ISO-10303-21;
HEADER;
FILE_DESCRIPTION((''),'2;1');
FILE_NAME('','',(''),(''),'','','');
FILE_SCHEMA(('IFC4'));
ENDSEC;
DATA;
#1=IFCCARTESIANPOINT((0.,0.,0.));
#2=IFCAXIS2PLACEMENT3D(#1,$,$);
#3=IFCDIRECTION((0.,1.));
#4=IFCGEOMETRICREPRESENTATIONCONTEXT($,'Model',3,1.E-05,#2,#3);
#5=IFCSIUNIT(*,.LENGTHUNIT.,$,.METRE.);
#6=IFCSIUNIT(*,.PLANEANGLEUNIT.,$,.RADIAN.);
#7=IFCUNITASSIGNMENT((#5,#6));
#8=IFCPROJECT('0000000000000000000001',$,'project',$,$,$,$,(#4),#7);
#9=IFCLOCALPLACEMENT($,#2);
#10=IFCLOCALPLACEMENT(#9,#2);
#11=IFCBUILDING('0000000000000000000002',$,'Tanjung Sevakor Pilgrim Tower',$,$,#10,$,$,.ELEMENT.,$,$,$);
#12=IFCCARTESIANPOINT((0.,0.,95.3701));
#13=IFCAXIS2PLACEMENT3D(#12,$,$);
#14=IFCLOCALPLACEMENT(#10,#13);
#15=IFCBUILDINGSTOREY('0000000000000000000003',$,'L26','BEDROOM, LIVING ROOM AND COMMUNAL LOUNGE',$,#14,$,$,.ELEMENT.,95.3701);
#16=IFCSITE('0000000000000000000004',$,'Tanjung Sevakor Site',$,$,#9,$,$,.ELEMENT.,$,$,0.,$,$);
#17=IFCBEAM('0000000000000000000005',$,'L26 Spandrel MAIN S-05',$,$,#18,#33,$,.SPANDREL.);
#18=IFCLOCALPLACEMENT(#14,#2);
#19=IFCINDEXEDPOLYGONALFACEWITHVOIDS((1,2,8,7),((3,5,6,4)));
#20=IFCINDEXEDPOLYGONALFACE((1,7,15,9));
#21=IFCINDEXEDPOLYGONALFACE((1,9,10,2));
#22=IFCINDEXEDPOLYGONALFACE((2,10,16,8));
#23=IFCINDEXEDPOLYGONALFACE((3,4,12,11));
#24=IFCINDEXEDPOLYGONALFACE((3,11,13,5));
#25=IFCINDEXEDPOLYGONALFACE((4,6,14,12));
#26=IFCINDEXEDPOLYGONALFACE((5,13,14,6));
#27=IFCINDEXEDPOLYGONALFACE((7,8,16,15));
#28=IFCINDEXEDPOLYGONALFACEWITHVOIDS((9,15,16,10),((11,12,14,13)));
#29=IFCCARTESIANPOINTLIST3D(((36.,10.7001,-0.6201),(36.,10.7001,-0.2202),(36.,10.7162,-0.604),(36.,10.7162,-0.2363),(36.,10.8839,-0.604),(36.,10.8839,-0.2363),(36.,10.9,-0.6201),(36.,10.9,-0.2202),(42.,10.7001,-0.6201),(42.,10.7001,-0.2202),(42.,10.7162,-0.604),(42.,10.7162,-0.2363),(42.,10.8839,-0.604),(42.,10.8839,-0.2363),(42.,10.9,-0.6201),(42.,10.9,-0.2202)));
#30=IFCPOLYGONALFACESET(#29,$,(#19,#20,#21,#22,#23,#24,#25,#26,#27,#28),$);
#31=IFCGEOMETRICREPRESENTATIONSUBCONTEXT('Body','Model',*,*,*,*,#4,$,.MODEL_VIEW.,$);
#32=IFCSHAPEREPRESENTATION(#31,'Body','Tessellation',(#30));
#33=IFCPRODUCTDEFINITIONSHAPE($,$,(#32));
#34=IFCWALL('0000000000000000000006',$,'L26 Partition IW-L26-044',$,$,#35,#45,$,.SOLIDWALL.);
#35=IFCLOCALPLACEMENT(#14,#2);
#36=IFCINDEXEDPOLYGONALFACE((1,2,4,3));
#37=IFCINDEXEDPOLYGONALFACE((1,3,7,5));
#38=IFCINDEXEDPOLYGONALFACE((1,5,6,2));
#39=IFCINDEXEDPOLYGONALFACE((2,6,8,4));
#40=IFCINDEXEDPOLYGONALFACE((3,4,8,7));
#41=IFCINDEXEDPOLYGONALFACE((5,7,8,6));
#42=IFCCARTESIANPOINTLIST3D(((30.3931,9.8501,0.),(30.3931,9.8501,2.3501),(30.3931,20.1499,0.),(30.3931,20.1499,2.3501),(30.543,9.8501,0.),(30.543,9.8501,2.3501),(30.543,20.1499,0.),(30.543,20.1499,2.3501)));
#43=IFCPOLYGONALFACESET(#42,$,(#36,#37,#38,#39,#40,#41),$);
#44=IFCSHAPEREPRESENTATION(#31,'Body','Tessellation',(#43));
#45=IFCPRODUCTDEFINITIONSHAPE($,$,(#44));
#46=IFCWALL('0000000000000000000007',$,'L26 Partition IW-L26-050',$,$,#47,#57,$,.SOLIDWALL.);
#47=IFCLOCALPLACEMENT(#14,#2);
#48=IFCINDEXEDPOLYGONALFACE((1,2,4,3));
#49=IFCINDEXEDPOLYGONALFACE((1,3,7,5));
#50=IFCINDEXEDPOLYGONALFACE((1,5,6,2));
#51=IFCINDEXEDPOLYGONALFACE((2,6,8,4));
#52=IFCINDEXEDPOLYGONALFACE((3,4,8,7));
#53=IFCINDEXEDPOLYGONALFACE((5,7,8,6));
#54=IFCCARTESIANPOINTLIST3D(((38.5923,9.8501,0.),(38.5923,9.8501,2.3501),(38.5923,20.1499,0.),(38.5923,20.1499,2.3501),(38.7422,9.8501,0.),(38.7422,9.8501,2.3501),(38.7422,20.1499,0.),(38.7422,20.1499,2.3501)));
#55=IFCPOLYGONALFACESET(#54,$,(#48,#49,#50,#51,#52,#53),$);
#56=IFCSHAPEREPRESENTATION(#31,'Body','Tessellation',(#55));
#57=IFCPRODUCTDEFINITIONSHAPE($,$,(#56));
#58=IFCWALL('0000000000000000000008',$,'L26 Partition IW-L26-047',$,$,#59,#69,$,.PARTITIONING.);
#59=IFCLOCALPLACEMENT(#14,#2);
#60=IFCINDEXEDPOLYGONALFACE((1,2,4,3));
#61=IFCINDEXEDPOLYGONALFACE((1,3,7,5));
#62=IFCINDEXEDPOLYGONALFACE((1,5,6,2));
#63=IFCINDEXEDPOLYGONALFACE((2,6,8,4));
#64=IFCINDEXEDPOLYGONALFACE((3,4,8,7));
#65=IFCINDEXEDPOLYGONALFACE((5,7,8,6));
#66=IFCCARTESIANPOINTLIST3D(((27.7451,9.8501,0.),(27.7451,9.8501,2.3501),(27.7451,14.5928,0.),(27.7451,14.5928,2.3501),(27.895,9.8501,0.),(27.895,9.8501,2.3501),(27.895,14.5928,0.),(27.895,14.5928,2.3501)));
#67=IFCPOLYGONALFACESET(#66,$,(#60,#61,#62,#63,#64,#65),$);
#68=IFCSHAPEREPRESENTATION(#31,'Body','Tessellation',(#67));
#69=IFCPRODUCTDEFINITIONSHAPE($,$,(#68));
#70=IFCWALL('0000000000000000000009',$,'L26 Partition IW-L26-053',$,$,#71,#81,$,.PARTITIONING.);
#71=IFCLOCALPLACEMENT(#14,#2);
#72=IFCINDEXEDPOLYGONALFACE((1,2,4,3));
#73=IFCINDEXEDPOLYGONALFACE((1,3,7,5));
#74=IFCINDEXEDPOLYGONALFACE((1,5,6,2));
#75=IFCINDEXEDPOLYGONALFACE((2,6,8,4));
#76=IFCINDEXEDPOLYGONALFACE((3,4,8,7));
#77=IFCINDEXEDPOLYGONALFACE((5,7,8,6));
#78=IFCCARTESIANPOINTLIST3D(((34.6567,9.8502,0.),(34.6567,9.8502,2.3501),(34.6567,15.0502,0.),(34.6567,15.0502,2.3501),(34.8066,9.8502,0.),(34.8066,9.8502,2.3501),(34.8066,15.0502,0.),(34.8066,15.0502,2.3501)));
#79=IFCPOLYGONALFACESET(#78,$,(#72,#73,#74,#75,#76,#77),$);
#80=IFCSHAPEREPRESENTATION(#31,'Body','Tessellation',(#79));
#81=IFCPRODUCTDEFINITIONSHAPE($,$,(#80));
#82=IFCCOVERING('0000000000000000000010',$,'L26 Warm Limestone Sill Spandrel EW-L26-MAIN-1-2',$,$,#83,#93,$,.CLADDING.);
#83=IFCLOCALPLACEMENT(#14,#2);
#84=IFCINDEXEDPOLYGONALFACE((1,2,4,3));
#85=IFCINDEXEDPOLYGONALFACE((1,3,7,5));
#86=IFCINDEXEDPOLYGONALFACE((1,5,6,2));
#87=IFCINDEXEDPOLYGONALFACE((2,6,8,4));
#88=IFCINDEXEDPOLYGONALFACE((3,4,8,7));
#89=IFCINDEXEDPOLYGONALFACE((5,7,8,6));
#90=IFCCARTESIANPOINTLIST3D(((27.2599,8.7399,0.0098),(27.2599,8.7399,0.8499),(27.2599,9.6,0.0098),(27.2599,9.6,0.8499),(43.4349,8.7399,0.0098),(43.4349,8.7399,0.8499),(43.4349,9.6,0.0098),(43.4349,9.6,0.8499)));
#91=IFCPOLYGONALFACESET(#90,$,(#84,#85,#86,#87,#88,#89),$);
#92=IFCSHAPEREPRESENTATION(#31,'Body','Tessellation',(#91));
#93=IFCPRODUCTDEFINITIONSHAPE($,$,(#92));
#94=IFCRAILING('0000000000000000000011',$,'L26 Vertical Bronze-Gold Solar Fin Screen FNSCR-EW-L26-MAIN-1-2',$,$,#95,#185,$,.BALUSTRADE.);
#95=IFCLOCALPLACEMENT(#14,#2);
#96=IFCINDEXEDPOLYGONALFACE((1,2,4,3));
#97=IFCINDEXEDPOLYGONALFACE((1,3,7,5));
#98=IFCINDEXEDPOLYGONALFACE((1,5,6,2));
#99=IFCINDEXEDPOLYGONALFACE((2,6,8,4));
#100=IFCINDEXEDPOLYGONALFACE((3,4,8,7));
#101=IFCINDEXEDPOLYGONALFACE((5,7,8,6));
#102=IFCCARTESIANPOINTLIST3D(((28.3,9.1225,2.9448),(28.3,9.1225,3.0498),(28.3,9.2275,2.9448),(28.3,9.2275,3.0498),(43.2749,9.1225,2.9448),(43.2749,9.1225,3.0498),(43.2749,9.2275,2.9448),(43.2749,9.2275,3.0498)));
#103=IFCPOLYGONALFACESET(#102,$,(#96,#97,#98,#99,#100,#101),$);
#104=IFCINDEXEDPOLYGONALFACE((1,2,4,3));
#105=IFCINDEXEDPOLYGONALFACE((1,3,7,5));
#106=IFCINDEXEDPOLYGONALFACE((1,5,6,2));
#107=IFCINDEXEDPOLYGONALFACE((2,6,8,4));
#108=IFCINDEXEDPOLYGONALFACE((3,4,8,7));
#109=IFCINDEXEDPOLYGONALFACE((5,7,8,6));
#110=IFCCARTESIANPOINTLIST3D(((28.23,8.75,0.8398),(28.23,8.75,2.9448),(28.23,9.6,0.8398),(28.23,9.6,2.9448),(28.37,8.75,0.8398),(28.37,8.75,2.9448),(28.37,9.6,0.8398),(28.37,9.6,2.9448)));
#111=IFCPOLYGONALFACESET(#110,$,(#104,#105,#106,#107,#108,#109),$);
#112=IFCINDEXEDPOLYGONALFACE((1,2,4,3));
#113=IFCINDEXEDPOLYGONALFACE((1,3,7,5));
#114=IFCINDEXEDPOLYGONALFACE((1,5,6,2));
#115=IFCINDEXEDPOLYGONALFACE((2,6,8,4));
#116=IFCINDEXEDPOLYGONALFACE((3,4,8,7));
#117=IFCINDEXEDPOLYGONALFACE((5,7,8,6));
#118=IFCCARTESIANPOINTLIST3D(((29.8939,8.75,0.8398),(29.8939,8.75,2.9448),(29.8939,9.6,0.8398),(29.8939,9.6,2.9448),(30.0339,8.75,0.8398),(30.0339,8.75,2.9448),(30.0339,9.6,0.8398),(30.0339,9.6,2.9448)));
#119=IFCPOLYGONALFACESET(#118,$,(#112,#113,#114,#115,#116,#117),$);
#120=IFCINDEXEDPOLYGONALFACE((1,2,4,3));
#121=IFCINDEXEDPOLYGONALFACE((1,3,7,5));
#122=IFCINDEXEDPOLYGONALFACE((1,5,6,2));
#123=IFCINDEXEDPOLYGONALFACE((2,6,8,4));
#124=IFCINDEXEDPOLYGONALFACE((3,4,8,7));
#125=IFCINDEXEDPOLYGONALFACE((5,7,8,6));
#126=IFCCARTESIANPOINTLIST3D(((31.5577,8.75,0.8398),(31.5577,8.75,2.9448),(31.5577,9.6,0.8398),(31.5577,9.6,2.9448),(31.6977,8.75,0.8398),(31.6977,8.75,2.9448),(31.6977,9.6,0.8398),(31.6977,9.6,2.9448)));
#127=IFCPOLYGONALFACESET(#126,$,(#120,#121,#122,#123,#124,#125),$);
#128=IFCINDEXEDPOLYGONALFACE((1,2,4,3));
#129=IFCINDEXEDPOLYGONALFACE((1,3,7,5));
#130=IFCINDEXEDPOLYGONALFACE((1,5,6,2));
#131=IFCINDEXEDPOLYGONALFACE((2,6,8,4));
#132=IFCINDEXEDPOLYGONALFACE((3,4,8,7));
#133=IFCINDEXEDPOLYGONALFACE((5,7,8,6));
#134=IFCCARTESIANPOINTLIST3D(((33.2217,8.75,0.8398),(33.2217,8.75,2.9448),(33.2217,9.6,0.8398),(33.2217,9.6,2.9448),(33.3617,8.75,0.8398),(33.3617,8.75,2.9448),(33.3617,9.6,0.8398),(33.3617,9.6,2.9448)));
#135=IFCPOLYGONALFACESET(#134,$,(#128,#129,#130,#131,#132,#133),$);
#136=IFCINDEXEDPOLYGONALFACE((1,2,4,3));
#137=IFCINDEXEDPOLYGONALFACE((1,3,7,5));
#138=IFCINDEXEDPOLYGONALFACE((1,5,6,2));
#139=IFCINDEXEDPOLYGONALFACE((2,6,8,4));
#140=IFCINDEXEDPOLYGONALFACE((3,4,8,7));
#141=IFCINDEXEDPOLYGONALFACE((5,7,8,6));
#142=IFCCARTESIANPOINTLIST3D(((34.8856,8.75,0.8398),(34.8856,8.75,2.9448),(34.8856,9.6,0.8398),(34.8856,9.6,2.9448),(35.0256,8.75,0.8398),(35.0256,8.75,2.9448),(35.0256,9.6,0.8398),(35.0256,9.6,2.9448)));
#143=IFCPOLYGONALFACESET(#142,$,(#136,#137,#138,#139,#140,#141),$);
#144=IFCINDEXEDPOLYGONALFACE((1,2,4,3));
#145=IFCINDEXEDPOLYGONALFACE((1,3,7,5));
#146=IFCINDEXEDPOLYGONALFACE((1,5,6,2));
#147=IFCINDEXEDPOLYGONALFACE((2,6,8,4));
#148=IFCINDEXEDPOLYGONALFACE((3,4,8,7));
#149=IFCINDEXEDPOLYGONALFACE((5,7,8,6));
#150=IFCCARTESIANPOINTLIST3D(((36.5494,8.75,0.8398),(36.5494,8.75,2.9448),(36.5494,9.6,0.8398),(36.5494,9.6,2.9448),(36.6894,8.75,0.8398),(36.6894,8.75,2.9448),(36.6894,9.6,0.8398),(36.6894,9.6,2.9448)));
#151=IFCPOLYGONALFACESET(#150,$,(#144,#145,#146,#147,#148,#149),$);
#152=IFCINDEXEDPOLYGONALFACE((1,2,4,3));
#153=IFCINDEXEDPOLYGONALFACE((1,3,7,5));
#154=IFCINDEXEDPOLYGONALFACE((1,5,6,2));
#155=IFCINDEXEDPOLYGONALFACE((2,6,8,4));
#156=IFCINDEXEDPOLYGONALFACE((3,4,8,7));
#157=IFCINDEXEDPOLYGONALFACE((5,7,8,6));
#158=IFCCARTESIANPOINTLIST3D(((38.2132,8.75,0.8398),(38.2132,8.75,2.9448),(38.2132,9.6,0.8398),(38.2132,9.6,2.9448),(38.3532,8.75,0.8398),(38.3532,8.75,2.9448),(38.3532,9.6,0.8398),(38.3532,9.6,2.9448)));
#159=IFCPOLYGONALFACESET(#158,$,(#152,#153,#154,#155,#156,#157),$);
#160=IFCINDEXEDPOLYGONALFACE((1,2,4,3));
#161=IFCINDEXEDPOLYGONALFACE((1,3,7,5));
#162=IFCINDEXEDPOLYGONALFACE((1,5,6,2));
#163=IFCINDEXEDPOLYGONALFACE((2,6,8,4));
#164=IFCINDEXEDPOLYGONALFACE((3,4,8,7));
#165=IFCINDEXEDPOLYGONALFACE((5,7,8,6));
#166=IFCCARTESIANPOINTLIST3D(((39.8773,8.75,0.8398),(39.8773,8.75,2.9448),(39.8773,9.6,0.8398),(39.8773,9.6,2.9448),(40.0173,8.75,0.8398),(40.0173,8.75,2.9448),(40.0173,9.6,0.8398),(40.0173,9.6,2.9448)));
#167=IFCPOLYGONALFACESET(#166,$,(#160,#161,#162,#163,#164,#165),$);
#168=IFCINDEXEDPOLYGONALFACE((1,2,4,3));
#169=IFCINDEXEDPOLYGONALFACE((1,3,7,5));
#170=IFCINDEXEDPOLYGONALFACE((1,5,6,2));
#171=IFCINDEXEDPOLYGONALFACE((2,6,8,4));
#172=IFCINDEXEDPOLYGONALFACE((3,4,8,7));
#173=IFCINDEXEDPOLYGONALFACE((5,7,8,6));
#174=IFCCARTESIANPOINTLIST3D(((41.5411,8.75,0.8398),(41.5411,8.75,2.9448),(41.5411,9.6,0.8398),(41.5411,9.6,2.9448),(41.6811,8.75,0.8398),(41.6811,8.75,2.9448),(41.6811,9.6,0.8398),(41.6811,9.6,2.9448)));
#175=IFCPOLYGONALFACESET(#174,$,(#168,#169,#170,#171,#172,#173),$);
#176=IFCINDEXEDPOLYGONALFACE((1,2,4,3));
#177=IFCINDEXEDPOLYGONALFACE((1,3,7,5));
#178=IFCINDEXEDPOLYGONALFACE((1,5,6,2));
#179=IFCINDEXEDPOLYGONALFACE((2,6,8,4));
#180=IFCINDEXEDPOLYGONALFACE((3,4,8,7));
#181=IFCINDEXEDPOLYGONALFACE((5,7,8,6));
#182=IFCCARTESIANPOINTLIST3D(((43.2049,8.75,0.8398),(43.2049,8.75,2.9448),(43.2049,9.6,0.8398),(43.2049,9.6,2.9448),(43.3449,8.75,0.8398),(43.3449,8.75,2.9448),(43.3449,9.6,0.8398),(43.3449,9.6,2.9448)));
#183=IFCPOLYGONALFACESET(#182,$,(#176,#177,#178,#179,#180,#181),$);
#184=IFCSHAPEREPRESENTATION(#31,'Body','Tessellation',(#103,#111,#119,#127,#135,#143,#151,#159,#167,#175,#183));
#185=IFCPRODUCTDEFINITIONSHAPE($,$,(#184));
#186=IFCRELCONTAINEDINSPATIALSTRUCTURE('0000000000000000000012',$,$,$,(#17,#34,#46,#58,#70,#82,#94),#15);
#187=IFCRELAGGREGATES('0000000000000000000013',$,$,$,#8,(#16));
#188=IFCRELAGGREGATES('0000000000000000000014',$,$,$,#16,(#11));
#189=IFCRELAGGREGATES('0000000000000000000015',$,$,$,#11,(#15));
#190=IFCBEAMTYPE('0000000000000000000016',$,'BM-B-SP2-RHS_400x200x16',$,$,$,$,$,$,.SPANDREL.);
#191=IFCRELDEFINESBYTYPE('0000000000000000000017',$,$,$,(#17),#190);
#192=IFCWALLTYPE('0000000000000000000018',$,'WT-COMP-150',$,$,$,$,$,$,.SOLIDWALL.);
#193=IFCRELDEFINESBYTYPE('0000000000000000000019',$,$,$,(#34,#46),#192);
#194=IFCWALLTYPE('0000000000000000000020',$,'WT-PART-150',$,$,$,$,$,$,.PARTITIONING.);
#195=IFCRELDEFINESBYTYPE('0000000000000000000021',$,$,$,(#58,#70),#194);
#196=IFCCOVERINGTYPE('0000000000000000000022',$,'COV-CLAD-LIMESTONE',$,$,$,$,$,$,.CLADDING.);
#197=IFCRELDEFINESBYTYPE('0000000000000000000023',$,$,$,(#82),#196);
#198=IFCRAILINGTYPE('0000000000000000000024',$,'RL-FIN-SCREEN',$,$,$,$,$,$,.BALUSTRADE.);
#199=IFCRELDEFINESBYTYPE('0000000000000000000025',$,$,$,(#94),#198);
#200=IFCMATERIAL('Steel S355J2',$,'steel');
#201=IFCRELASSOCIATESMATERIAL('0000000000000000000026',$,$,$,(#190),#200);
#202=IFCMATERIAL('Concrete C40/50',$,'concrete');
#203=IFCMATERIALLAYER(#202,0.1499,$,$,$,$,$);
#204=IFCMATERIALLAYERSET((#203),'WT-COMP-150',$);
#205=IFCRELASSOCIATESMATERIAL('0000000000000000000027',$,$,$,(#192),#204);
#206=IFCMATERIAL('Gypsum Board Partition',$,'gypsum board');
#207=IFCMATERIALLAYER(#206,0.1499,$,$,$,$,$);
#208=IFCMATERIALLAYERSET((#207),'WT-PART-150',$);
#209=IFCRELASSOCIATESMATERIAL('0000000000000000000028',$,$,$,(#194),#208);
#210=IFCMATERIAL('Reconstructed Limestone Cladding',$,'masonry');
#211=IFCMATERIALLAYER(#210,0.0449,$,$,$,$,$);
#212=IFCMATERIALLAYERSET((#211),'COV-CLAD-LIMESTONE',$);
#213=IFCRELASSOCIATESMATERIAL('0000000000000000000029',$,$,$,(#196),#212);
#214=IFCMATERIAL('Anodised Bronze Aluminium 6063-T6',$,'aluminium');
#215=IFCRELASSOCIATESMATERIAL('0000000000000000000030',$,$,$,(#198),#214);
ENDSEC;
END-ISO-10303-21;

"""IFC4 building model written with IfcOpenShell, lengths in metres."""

from ifc_helpers import new_model, si_unit, direction, frame, frame_2d, origin, origin_2d, place, context, subcontext, project, spatial, rectangle, hollow_rectangle, extrude, material, layer, layer_set, material_profile, profile_set, type_object, element, save


model = new_model("IFC4")

# Units and contexts
model_context = context("Model", 3, precision=1e-05, world=origin(), true_north=direction((0.0, 1.0)))
body_context = subcontext(model_context, "Body", "Model", "MODEL_VIEW")
ifc_project = project(units=[si_unit("LENGTHUNIT", "METRE"), si_unit("PLANEANGLEUNIT", "RADIAN")], contexts=[model_context])

# Site, building, storey
site_placement = place(None, origin())
site = spatial("IfcSite", under=ifc_project, at=site_placement, Name="Tanjung Sevakor Site", CompositionType="ELEMENT", RefElevation=0.0)
building_placement = place(site_placement, origin())
building = spatial("IfcBuilding", under=site, at=building_placement, Name="Tanjung Sevakor Pilgrim Tower", CompositionType="ELEMENT")
storey_placement = place(building_placement, frame((0.0, 0.0, 95.3701)))
storey = spatial("IfcBuildingStorey", under=building, at=storey_placement, Name="L26", Description="BEDROOM, LIVING ROOM AND COMMUNAL LOUNGE", CompositionType="ELEMENT", Elevation=95.3701)

# Beam
ifc_material_1 = material(Name="Steel S355J2", Category="steel")
ifc_material_profile_1 = material_profile(ifc_material_1, hollow_rectangle(XDim=0.2, YDim=0.3999, WallThickness=0.0161, at=origin_2d()))
ifc_profile_set_1 = profile_set([ifc_material_profile_1], Name="Steel S355J2")
beam_type_1 = type_object("IfcBeamType", Name="BM-B-SP2-RHS_400x200x16", PredefinedType="SPANDREL", material=ifc_profile_set_1)
for number, where, z_axis, x_axis, name in (
    (1, (36.0, 10.8, -0.4202), (1.0, 0.0, 0.0), (0.0, 1.0, 0.0), "L26 Spandrel MAIN S-05"),
):
    element("IfcBeam", number, at=place(storey_placement, frame(where, z_axis=z_axis, x_axis=x_axis)), inside=storey, type_object=beam_type_1, Name=name, PredefinedType="SPANDREL", context=body_context, shape_type="SweptSolid", body=[
        extrude(hollow_rectangle(XDim=0.2, YDim=0.3999, WallThickness=0.0161, at=origin_2d()), origin(), (0.0, 0.0, 1.0), 6.0),
    ])

# Walls
ifc_material_2 = material(Name="Concrete C40/50", Category="concrete")
ifc_layer_1 = layer(ifc_material_2, 0.1499)
ifc_layer_set_1 = layer_set([ifc_layer_1], Name="WT-COMP-150")
wall_type_1 = type_object("IfcWallType", Name="WT-COMP-150", PredefinedType="SOLIDWALL", material=ifc_layer_set_1)
for number, where, z_axis, x_axis, name in (
    (2, (30.468, 9.8501, 0.0), (0.0, 0.0, 1.0), (0.0, 1.0, 0.0), "L26 Partition IW-L26-044"),
    (3, (38.6672, 9.8501, 0.0), (0.0, 0.0, 1.0), (0.0, 1.0, 0.0), "L26 Partition IW-L26-050"),
):
    element("IfcWall", number, at=place(storey_placement, frame(where, z_axis=z_axis, x_axis=x_axis)), inside=storey, type_object=wall_type_1, Name=name, PredefinedType="SOLIDWALL", context=body_context, shape_type="SweptSolid", body=[
        extrude(rectangle(XDim=10.2998, YDim=0.1499, at=frame_2d((5.1499, 0.0))), origin(), (0.0, 0.0, 1.0), 2.3501),
    ])
ifc_material_3 = material(Name="Gypsum Board Partition", Category="gypsum board")
ifc_layer_2 = layer(ifc_material_3, 0.1499)
ifc_layer_set_2 = layer_set([ifc_layer_2], Name="WT-PART-150")
wall_type_2 = type_object("IfcWallType", Name="WT-PART-150", PredefinedType="PARTITIONING", material=ifc_layer_set_2)
wall_1_placement = place(storey_placement, frame((27.8201, 9.8501, 0.0), z_axis=(0.0, 0.0, 1.0), x_axis=(0.0, 1.0, 0.0)))
element("IfcWall", 4, at=wall_1_placement, inside=storey, type_object=wall_type_2, Name="L26 Partition IW-L26-047", PredefinedType="PARTITIONING", context=body_context, shape_type="SweptSolid", body=[
    extrude(rectangle(XDim=4.7427, YDim=0.1499, at=frame_2d((2.3713, 0.0))), origin(), (0.0, 0.0, 1.0), 2.3501),
])
wall_2_placement = place(storey_placement, frame((34.7317, 9.8501, 0.0), z_axis=(0.0, 0.0, 1.0), x_axis=(0.0, 1.0, 0.0)))
element("IfcWall", 5, at=wall_2_placement, inside=storey, type_object=wall_type_2, Name="L26 Partition IW-L26-053", PredefinedType="PARTITIONING", context=body_context, shape_type="SweptSolid", body=[
    extrude(rectangle(XDim=5.2, YDim=0.1499, at=frame_2d((2.6001, 0.0))), origin(), (0.0, 0.0, 1.0), 2.3501),
])

# Covering
ifc_material_4 = material(Name="Reconstructed Limestone Cladding", Category="masonry")
ifc_layer_3 = layer(ifc_material_4, 0.0449)
ifc_layer_set_3 = layer_set([ifc_layer_3], Name="COV-CLAD-LIMESTONE")
covering_type = type_object("IfcCoveringType", Name="COV-CLAD-LIMESTONE", PredefinedType="CLADDING", material=ifc_layer_set_3)
covering_placement = place(storey_placement, frame((35.3474, 9.1699, 0.0098), z_axis=(0.0, 0.0, 1.0), x_axis=(1.0, 0.0, 0.0)))
element("IfcCovering", 6, at=covering_placement, inside=storey, type_object=covering_type, Name="L26 Warm Limestone Sill Spandrel EW-L26-MAIN-1-2", PredefinedType="CLADDING", context=body_context, shape_type="SweptSolid", body=[
    extrude(rectangle(XDim=16.175, YDim=0.8601, at=origin_2d()), origin(), (0.0, 0.0, 1.0), 0.8401),
])

# Railing
ifc_material_5 = material(Name="Anodised Bronze Aluminium 6063-T6", Category="aluminium")
railing_type = type_object("IfcRailingType", Name="RL-FIN-SCREEN", PredefinedType="BALUSTRADE", material=ifc_material_5)
railing_placement = place(storey_placement, frame((28.3, 9.175, 0.8398)))
element("IfcRailing", 7, at=railing_placement, inside=storey, type_object=railing_type, Name="L26 Vertical Bronze-Gold Solar Fin Screen FNSCR-EW-L26-MAIN-1-2", PredefinedType="BALUSTRADE", context=body_context, shape_type="SweptSolid", body=[
    extrude(rectangle(XDim=0.105, YDim=0.105), frame((0.0, 0.0, 2.1575), z_axis=(1.0, 0.0, 0.0), x_axis=(0.0, 1.0, 0.0)), (0.0, 0.0, 1.0), 14.9749),
    extrude(rectangle(XDim=0.14, YDim=0.85), origin(), (0.0, 0.0, 1.0), 2.105),
    extrude(rectangle(XDim=0.14, YDim=0.85), frame((1.6638, 0.0, 0.0)), (0.0, 0.0, 1.0), 2.105),
    extrude(rectangle(XDim=0.14, YDim=0.85), frame((3.3276, 0.0, 0.0)), (0.0, 0.0, 1.0), 2.105),
    extrude(rectangle(XDim=0.14, YDim=0.85), frame((4.9917, 0.0, 0.0)), (0.0, 0.0, 1.0), 2.105),
    extrude(rectangle(XDim=0.14, YDim=0.85), frame((6.6555, 0.0, 0.0)), (0.0, 0.0, 1.0), 2.105),
    extrude(rectangle(XDim=0.14, YDim=0.85), frame((8.3193, 0.0, 0.0)), (0.0, 0.0, 1.0), 2.105),
    extrude(rectangle(XDim=0.14, YDim=0.85), frame((9.9832, 0.0, 0.0)), (0.0, 0.0, 1.0), 2.105),
    extrude(rectangle(XDim=0.14, YDim=0.85), frame((11.6472, 0.0, 0.0)), (0.0, 0.0, 1.0), 2.105),
    extrude(rectangle(XDim=0.14, YDim=0.85), frame((13.311, 0.0, 0.0)), (0.0, 0.0, 1.0), 2.105),
    extrude(rectangle(XDim=0.14, YDim=0.85), frame((14.9749, 0.0, 0.0)), (0.0, 0.0, 1.0), 2.105),
])

save(model, "model.ifc")
